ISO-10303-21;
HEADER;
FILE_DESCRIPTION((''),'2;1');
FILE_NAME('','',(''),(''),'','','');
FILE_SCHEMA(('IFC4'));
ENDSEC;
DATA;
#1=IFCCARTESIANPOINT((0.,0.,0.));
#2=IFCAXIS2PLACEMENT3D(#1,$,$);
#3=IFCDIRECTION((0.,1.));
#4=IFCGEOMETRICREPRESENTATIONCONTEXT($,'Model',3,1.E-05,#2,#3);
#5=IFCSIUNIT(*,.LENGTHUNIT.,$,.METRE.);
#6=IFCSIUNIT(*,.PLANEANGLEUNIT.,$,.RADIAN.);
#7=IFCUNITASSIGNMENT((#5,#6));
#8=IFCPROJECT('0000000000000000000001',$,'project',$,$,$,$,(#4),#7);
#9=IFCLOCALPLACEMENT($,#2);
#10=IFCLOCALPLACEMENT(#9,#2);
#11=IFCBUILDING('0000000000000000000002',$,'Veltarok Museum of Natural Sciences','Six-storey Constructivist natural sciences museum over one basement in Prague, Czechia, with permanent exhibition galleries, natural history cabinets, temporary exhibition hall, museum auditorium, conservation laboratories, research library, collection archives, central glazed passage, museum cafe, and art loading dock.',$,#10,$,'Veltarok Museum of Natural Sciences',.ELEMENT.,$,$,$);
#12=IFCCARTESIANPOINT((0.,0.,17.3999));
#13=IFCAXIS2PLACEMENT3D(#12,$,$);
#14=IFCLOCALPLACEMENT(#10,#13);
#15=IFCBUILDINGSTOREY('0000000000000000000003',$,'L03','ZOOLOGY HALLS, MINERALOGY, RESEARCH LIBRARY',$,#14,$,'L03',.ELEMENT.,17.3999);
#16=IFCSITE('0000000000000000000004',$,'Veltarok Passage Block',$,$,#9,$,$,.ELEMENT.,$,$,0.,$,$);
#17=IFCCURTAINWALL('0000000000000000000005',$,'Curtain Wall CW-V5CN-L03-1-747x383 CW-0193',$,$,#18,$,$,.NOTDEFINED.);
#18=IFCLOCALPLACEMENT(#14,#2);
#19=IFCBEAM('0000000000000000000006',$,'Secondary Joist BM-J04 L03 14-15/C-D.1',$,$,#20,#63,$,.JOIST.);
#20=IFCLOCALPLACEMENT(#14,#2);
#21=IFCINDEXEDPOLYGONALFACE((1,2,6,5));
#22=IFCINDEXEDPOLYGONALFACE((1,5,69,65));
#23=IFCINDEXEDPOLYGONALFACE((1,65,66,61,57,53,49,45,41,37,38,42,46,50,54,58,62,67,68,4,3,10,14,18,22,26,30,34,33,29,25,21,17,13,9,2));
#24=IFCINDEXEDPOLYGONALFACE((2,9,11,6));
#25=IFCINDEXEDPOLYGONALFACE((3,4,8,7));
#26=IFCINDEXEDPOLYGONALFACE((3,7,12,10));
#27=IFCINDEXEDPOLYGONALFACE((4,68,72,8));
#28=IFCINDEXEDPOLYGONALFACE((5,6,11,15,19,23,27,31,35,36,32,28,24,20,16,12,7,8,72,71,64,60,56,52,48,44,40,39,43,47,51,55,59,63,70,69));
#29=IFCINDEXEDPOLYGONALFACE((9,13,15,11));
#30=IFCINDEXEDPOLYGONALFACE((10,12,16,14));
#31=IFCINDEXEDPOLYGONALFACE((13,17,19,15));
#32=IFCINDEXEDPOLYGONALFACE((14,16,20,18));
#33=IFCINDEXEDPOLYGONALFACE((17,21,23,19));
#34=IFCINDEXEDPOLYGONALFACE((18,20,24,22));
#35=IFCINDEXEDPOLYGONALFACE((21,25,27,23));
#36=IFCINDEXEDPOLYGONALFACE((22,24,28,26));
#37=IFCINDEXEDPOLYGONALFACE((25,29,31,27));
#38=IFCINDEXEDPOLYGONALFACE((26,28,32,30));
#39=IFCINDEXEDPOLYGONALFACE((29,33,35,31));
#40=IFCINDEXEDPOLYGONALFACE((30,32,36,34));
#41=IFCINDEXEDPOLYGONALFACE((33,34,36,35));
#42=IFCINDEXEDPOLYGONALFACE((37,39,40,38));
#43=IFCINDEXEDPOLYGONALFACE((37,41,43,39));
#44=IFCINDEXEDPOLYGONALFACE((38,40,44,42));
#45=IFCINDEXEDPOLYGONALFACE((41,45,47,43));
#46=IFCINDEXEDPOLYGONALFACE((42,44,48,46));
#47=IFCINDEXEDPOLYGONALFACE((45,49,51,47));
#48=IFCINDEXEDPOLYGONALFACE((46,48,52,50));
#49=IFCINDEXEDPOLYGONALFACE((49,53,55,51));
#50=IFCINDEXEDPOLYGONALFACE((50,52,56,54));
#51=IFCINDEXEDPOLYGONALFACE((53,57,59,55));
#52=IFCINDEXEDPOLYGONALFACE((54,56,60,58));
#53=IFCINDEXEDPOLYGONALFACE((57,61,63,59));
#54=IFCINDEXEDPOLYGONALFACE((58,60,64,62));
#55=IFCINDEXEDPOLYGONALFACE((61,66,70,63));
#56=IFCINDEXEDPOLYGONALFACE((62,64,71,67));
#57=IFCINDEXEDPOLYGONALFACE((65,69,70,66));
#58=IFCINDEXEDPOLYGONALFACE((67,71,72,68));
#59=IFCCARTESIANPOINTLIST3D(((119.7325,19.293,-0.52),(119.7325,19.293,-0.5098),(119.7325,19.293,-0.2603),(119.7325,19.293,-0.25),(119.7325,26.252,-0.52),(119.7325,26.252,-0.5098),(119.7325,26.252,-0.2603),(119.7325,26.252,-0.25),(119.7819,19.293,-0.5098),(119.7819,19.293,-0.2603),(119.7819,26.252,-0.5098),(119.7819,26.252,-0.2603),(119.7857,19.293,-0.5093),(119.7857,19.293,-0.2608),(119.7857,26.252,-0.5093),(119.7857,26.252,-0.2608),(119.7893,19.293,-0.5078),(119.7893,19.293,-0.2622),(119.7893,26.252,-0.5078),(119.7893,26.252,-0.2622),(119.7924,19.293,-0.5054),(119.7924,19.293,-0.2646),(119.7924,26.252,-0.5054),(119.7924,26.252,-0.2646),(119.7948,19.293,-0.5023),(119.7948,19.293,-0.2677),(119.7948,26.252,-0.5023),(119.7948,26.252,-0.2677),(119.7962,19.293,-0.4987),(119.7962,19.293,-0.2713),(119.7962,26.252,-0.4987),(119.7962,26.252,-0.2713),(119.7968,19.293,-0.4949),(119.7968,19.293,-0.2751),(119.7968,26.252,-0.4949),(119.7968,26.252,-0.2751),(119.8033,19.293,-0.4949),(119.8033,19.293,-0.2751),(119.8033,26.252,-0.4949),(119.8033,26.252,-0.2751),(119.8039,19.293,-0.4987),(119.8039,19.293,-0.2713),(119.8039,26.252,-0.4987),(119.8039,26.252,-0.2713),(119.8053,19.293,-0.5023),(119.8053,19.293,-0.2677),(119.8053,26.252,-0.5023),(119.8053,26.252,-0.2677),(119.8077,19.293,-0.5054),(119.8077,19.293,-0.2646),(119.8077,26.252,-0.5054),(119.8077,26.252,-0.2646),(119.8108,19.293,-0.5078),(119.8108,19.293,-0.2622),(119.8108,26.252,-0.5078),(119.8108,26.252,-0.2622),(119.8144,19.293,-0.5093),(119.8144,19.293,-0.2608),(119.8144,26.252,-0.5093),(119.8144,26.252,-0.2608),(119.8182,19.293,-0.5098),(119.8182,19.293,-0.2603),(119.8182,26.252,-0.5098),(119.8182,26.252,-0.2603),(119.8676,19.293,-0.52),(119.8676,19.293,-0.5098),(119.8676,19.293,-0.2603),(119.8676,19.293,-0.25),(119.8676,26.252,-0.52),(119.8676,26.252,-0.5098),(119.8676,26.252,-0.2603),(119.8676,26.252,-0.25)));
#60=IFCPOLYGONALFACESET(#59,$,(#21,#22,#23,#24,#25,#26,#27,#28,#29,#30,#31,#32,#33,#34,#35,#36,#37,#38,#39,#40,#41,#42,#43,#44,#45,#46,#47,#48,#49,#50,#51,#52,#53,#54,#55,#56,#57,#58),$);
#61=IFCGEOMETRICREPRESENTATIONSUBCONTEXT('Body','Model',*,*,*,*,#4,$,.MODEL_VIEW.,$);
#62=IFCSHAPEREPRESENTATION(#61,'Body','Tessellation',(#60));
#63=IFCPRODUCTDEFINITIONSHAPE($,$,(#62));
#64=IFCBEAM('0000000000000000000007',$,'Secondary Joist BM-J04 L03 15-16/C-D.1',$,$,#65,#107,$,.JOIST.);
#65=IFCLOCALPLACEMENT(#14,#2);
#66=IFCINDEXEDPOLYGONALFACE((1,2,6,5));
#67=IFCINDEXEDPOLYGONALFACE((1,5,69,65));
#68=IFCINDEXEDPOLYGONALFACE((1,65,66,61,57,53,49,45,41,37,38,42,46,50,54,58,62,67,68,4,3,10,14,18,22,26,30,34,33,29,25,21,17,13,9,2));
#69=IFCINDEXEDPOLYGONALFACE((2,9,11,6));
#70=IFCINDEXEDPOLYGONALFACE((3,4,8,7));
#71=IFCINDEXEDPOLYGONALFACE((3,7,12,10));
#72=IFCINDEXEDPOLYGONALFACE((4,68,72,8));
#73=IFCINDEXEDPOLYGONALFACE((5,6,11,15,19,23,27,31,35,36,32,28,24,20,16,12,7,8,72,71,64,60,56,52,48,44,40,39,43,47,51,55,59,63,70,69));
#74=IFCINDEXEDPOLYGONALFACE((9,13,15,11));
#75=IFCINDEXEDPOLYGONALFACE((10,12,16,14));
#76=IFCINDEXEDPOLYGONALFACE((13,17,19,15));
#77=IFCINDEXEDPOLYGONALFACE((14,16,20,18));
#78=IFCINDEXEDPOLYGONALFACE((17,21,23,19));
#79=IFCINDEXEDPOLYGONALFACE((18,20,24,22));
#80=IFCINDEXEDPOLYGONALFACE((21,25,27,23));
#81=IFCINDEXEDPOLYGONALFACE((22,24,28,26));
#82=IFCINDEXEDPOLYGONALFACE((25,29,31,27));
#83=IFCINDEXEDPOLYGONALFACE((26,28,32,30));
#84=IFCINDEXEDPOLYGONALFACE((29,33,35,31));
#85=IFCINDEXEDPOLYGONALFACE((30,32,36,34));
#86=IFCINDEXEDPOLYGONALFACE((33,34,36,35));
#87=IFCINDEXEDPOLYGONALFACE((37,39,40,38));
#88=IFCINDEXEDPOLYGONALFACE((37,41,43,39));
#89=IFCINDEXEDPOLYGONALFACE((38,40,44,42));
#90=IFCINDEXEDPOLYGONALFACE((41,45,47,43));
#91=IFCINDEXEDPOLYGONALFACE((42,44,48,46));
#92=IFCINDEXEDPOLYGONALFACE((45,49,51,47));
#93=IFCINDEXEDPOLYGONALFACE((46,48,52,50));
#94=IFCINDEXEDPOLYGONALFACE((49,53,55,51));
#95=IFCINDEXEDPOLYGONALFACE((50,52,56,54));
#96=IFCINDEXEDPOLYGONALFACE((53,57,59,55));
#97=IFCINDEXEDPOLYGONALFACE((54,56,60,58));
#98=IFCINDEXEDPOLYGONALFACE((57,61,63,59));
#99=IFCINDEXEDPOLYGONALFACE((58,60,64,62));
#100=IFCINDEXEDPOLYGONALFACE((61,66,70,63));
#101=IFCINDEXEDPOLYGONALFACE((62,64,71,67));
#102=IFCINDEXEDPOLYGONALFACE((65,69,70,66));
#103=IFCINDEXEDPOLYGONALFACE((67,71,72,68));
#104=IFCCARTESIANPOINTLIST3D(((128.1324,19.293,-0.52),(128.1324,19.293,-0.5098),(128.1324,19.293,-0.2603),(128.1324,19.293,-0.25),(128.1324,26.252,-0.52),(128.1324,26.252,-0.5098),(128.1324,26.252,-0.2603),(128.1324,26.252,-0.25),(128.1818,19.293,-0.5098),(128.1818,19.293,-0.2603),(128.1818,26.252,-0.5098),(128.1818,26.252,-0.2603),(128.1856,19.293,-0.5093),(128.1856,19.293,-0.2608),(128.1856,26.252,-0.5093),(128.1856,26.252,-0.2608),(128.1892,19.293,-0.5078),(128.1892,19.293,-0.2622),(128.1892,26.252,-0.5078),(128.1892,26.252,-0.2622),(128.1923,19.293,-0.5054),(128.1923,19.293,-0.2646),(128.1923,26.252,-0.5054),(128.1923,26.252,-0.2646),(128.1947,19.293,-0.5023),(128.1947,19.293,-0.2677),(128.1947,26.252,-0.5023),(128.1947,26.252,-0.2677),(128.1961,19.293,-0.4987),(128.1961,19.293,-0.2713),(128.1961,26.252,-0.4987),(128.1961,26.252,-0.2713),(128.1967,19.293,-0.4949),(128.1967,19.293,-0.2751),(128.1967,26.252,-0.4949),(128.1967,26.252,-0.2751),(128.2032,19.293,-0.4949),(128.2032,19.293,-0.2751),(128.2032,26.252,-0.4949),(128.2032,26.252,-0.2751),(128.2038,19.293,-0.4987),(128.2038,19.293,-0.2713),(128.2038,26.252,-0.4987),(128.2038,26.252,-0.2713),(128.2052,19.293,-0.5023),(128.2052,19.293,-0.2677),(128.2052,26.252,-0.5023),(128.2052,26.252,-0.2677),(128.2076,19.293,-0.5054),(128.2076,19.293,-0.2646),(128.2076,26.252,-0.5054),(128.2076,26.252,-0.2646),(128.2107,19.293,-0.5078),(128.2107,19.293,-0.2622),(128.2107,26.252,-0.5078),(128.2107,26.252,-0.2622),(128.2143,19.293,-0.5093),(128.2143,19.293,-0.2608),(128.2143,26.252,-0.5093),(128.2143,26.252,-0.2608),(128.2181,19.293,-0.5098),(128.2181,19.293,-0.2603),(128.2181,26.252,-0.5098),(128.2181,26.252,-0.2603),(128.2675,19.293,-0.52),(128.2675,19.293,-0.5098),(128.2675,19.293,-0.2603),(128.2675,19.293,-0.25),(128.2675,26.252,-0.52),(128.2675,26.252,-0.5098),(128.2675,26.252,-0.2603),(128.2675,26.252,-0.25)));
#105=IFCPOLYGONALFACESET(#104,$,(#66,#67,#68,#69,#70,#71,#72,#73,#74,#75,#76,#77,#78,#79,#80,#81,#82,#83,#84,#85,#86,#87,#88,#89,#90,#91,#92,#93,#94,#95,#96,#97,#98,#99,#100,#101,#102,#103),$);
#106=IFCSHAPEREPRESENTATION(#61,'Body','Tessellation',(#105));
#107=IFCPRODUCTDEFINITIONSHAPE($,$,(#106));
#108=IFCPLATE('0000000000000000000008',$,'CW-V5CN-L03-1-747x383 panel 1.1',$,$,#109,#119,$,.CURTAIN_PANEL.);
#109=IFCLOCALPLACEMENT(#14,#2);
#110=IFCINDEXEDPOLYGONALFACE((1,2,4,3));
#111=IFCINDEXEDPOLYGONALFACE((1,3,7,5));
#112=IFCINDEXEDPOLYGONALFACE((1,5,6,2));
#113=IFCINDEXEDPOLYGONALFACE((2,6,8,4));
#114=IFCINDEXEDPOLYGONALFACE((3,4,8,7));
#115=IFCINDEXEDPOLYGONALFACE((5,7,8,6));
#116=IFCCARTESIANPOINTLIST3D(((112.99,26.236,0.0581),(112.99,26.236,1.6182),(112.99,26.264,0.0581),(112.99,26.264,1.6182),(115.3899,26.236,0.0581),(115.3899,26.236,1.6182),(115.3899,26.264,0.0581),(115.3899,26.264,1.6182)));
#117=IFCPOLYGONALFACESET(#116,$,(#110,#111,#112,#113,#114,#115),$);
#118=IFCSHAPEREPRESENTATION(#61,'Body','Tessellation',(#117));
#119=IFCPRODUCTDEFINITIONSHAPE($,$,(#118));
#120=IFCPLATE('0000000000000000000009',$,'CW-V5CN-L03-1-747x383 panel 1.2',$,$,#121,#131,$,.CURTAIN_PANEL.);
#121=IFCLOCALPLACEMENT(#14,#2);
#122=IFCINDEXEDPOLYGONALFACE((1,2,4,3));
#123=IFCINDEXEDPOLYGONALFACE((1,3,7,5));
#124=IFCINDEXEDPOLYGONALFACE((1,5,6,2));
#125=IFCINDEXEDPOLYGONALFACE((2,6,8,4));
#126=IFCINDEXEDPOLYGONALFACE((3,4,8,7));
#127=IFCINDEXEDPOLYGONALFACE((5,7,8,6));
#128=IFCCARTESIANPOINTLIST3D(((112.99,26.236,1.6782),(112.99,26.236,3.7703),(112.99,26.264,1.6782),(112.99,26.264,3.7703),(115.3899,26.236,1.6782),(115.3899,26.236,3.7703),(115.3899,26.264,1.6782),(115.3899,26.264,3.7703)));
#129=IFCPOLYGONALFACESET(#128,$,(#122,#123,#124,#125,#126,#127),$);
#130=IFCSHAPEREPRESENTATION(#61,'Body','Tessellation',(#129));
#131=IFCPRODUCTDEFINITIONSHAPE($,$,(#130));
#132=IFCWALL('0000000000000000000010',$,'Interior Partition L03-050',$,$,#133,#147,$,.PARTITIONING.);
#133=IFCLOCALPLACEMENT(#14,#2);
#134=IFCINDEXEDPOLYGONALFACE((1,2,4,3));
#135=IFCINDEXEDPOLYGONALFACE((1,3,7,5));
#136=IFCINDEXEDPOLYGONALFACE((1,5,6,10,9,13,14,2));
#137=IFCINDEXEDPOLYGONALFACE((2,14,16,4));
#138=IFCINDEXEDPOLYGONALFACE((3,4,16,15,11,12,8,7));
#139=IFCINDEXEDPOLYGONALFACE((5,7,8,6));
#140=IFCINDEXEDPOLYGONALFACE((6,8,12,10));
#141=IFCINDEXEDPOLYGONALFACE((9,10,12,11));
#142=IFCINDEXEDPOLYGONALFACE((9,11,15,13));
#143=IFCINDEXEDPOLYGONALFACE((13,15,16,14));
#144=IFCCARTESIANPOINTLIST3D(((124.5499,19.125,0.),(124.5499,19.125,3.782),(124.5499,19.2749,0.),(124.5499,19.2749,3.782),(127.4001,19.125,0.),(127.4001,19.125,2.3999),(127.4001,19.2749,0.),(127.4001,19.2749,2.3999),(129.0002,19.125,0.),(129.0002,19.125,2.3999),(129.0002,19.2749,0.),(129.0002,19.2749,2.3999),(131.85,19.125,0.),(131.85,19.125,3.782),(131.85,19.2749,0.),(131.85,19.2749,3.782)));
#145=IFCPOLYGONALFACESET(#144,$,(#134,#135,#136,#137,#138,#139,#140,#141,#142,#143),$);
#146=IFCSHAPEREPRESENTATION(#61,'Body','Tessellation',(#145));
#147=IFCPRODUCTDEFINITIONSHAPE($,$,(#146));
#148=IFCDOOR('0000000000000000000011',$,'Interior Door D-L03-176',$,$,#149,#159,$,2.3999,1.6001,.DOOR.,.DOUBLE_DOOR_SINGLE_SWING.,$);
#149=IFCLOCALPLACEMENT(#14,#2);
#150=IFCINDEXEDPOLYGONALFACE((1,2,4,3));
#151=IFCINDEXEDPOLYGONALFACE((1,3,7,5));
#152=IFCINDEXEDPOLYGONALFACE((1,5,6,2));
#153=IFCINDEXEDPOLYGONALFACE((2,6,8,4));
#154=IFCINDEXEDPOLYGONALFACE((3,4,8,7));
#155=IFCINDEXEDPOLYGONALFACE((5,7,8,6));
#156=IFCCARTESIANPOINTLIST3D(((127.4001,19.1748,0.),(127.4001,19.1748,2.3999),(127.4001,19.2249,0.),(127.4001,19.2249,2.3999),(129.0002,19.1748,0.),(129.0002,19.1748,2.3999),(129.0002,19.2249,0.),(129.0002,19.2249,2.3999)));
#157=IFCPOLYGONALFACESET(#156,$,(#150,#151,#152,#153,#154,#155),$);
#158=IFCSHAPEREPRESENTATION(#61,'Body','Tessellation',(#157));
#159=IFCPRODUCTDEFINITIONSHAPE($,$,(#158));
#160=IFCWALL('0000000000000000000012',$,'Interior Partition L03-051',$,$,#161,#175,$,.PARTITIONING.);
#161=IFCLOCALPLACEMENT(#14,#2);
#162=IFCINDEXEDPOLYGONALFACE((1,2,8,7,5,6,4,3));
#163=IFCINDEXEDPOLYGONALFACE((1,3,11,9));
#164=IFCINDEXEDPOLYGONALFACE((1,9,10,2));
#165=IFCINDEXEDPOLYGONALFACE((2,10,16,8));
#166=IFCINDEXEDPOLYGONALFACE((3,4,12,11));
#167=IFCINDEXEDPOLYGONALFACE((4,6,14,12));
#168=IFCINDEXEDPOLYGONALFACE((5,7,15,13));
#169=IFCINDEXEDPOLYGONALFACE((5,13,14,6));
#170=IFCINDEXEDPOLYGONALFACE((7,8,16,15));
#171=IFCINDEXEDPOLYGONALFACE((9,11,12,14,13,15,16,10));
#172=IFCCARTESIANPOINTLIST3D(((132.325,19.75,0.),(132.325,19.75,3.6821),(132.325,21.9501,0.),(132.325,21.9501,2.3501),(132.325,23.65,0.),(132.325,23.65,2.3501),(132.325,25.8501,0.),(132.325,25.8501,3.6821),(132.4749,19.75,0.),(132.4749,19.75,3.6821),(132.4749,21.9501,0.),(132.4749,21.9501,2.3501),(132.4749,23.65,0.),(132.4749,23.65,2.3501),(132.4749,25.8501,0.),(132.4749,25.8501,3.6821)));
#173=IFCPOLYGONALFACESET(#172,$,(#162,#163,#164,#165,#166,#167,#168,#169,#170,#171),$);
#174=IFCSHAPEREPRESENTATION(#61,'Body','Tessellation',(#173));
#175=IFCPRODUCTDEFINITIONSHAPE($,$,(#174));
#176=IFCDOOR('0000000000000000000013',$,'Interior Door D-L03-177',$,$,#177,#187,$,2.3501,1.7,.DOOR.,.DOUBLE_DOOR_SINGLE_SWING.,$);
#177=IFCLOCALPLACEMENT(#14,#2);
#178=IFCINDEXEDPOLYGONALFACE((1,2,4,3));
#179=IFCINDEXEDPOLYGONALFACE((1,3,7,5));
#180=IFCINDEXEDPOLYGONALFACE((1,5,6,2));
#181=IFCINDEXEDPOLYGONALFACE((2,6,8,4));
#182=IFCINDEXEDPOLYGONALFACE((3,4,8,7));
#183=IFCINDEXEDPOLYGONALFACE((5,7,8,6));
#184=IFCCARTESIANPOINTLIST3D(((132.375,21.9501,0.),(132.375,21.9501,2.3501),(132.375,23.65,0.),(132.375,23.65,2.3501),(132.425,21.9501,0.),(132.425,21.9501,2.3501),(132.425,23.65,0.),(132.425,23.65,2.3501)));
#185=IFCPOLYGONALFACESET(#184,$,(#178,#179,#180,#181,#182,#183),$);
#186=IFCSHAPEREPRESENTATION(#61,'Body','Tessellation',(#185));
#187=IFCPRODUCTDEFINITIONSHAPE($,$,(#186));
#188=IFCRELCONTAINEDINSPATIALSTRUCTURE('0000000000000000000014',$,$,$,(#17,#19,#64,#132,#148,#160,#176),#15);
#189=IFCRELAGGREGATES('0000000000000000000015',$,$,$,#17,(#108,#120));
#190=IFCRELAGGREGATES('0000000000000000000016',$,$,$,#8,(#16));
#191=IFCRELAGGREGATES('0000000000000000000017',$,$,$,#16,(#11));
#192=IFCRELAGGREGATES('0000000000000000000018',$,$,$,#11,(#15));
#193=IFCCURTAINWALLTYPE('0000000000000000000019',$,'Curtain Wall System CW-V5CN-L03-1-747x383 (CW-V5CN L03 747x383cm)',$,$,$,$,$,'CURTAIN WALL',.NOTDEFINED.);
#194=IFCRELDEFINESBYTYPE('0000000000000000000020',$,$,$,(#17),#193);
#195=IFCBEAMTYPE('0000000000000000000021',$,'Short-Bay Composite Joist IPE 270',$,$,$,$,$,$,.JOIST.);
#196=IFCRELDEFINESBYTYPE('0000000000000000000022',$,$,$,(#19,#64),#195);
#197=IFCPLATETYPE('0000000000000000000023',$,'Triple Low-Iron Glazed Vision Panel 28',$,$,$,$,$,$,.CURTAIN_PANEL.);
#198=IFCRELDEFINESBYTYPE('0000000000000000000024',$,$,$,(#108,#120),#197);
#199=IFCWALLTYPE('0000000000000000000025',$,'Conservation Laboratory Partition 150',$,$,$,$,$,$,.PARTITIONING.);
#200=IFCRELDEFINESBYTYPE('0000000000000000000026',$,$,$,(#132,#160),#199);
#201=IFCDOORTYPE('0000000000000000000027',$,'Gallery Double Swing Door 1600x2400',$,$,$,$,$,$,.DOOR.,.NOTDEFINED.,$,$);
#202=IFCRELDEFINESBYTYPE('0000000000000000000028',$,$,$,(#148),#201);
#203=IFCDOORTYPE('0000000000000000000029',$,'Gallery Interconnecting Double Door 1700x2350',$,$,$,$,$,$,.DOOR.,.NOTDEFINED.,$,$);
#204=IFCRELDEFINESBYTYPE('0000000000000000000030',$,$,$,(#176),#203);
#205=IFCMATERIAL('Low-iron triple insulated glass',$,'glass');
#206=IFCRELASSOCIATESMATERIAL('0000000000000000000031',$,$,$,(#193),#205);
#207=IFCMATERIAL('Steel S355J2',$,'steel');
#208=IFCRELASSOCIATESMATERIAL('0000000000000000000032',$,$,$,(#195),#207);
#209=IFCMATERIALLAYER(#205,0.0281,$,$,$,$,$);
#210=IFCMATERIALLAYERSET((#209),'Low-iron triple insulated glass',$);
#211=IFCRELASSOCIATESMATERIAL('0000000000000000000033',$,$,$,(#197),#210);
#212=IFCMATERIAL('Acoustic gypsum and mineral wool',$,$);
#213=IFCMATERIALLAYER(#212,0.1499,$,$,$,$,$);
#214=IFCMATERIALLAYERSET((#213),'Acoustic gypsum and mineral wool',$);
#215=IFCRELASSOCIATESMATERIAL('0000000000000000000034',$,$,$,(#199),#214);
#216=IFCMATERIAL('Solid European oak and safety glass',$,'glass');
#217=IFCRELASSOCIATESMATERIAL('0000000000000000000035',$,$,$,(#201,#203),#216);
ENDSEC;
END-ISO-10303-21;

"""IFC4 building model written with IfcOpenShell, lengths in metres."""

from ifc_helpers import new_model, si_unit, direction, frame, frame_2d, origin, origin_2d, place, context, subcontext, project, spatial, rectangle, i_section, extrude, material, layer, layer_set, material_profile, profile_set, type_object, element, fill, aggregate, save


model = new_model("IFC4")

# Units and contexts
model_context = context("Model", 3, precision=1e-05, world=origin(), true_north=direction((0.0, 1.0)))
body_context = subcontext(model_context, "Body", "Model", "MODEL_VIEW")
ifc_project = project(units=[si_unit("LENGTHUNIT", "METRE"), si_unit("PLANEANGLEUNIT", "RADIAN")], contexts=[model_context])

# Site, building, storey
site_placement = place(None, origin())
site = spatial("IfcSite", under=ifc_project, at=site_placement, Name="Veltarok Passage Block", CompositionType="ELEMENT", RefElevation=0.0)
building_placement = place(site_placement, origin())
building = spatial("IfcBuilding", under=site, at=building_placement, Name="Veltarok Museum of Natural Sciences", Description="Six-storey Constructivist natural sciences museum over one basement in Prague, Czechia, with permanent exhibition galleries, natural history cabinets, temporary exhibition hall, museum auditorium, conservation laboratories, research library, collection archives, central glazed passage, museum cafe, and art loading dock.", LongName="Veltarok Museum of Natural Sciences", CompositionType="ELEMENT")
storey_placement = place(building_placement, frame((0.0, 0.0, 17.3999)))
storey = spatial("IfcBuildingStorey", under=building, at=storey_placement, Name="L03", Description="ZOOLOGY HALLS, MINERALOGY, RESEARCH LIBRARY", LongName="L03", CompositionType="ELEMENT", Elevation=17.3999)

# Shared definitions
ifc_material_1 = material(Name="Steel S355J2", Category="steel")

# Curtain wall
ifc_material_2 = material(Name="Low-iron triple insulated glass", Category="glass")
curtain_wall_type = type_object("IfcCurtainWallType", Name="Curtain Wall System CW-V5CN-L03-1-747x383 (CW-V5CN L03 747x383cm)", ElementType="CURTAIN WALL", PredefinedType="NOTDEFINED", material=ifc_material_2)
curtain_wall_placement = place(storey_placement, origin())
curtain_wall = element("IfcCurtainWall", 1, at=curtain_wall_placement, inside=storey, type_object=curtain_wall_type, Name="Curtain Wall CW-V5CN-L03-1-747x383 CW-0193", PredefinedType="NOTDEFINED")

# Beams
ifc_material_profile_1 = material_profile(ifc_material_1, i_section(OverallWidth=0.135, OverallDepth=0.27, WebThickness=0.0066, FlangeThickness=0.0103, FilletRadius=0.0149, at=origin_2d()), Name="IPE 270")
ifc_profile_set_1 = profile_set([ifc_material_profile_1], Name="Steel S355J2")
beam_type_1 = type_object("IfcBeamType", Name="Short-Bay Composite Joist IPE 270", PredefinedType="JOIST", material=ifc_profile_set_1)
for number, where, z_axis, x_axis, name in (
    (2, (119.8, 19.293, -0.385), (0.0, 1.0, 0.0), (-1.0, 0.0, 0.0), "Secondary Joist BM-J04 L03 14-15/C-D.1"),
    (3, (128.2, 19.293, -0.385), (0.0, 1.0, 0.0), (-1.0, 0.0, 0.0), "Secondary Joist BM-J04 L03 15-16/C-D.1"),
):
    element("IfcBeam", number, at=place(storey_placement, frame(where, z_axis=z_axis, x_axis=x_axis)), inside=storey, type_object=beam_type_1, Name=name, PredefinedType="JOIST", context=body_context, shape_type="SweptSolid", body=[
        extrude(i_section(OverallWidth=0.135, OverallDepth=0.27, WebThickness=0.0066, FlangeThickness=0.0103, FilletRadius=0.0149, at=origin_2d()), origin(), (0.0, 0.0, 1.0), 6.959),
    ])

# Plates
ifc_layer_1 = layer(ifc_material_2, 0.0281)
ifc_layer_set_1 = layer_set([ifc_layer_1], Name="Low-iron triple insulated glass")
plate_type = type_object("IfcPlateType", Name="Triple Low-Iron Glazed Vision Panel 28", PredefinedType="CURTAIN_PANEL", material=ifc_layer_set_1)
plate_1_placement = place(storey_placement, frame((114.1899, 26.25, 0.0581), z_axis=(0.0, 0.0, 1.0), x_axis=(-1.0, 0.0, 0.0)))
plate_1 = element("IfcPlate", 4, at=plate_1_placement, type_object=plate_type, Name="CW-V5CN-L03-1-747x383 panel 1.1", PredefinedType="CURTAIN_PANEL", context=body_context, shape_type="SweptSolid", body=[
    extrude(rectangle(XDim=2.3999, YDim=0.0281, at=origin_2d()), origin(), (0.0, 0.0, 1.0), 1.5601),
])
plate_2_placement = place(storey_placement, frame((114.1899, 26.25, 1.6782), z_axis=(0.0, 0.0, 1.0), x_axis=(-1.0, 0.0, 0.0)))
plate_2 = element("IfcPlate", 5, at=plate_2_placement, type_object=plate_type, Name="CW-V5CN-L03-1-747x383 panel 1.2", PredefinedType="CURTAIN_PANEL", context=body_context, shape_type="SweptSolid", body=[
    extrude(rectangle(XDim=2.3999, YDim=0.0281, at=origin_2d()), origin(), (0.0, 0.0, 1.0), 2.092),
])
aggregate(curtain_wall, [plate_1, plate_2])

# Walls, openings, doors
ifc_material_3 = material(Name="Acoustic gypsum and mineral wool")
ifc_layer_2 = layer(ifc_material_3, 0.1499)
ifc_layer_set_2 = layer_set([ifc_layer_2], Name="Acoustic gypsum and mineral wool")
wall_type_1 = type_object("IfcWallType", Name="Conservation Laboratory Partition 150", PredefinedType="PARTITIONING", material=ifc_layer_set_2)
wall_1_placement = place(storey_placement, frame((124.55, 19.2, 0.0), z_axis=(0.0, 0.0, 1.0), x_axis=(1.0, 0.0, 0.0)))
wall_1 = element("IfcWall", 6, at=wall_1_placement, inside=storey, type_object=wall_type_1, Name="Interior Partition L03-050", PredefinedType="PARTITIONING", context=body_context, shape_type="SweptSolid", body=[
    extrude(rectangle(XDim=7.3, YDim=0.1499, at=frame_2d((3.6499, 0.0))), origin(), (0.0, 0.0, 1.0), 3.782),
])
opening_1_placement = place(wall_1_placement, frame((2.8501, 0.0, 0.0)))
opening_1 = element("IfcOpeningElement", 7, at=opening_1_placement, cuts=wall_1, PredefinedType="OPENING", context=body_context, shape_type="SweptSolid", body=[
    extrude(rectangle(XDim=1.6001, YDim=2.3999, at=frame_2d((0.8, 1.2))), frame((0.0, 0.085, 0.0), z_axis=(0.0, -1.0, 0.0), x_axis=(1.0, 0.0, 0.0)), (0.0, 0.0, 1.0), 0.1699),
])
ifc_material_4 = material(Name="Solid European oak and safety glass", Category="glass")
door_type_1 = type_object("IfcDoorType", Name="Gallery Double Swing Door 1600x2400", OperationType="NOTDEFINED", PredefinedType="DOOR", material=ifc_material_4)
door_1_placement = place(opening_1_placement, origin())
door_1 = element("IfcDoor", 8, at=door_1_placement, inside=storey, type_object=door_type_1, Name="Interior Door D-L03-176", OperationType="DOUBLE_DOOR_SINGLE_SWING", OverallHeight=2.3999, OverallWidth=1.6001, PredefinedType="DOOR", context=body_context, shape_type="SweptSolid", body=[
    extrude(rectangle(XDim=1.6001, YDim=2.3999, at=frame_2d((0.8, 1.2))), frame((0.0, 0.0249, 0.0), z_axis=(0.0, -1.0, 0.0), x_axis=(1.0, 0.0, 0.0)), (0.0, 0.0, 1.0), 0.05),
])
fill(opening_1, door_1)
wall_2_placement = place(storey_placement, frame((132.3999, 19.75, 0.0), z_axis=(0.0, 0.0, 1.0), x_axis=(0.0, 1.0, 0.0)))
wall_2 = element("IfcWall", 9, at=wall_2_placement, inside=storey, type_object=wall_type_1, Name="Interior Partition L03-051", PredefinedType="PARTITIONING", context=body_context, shape_type="SweptSolid", body=[
    extrude(rectangle(XDim=6.1001, YDim=0.1499, at=frame_2d((3.05, 0.0))), origin(), (0.0, 0.0, 1.0), 3.6821),
])
opening_2_placement = place(wall_2_placement, frame((2.2, 0.0, 0.0)))
opening_2 = element("IfcOpeningElement", 10, at=opening_2_placement, cuts=wall_2, PredefinedType="OPENING", context=body_context, shape_type="SweptSolid", body=[
    extrude(rectangle(XDim=1.7, YDim=2.3501, at=frame_2d((0.8501, 1.175))), frame((0.0, 0.085, 0.0), z_axis=(0.0, -1.0, 0.0), x_axis=(1.0, 0.0, 0.0)), (0.0, 0.0, 1.0), 0.1699),
])
door_type_2 = type_object("IfcDoorType", Name="Gallery Interconnecting Double Door 1700x2350", OperationType="NOTDEFINED", PredefinedType="DOOR", material=ifc_material_4)
door_2_placement = place(opening_2_placement, origin())
door_2 = element("IfcDoor", 11, at=door_2_placement, inside=storey, type_object=door_type_2, Name="Interior Door D-L03-177", OperationType="DOUBLE_DOOR_SINGLE_SWING", OverallHeight=2.3501, OverallWidth=1.7, PredefinedType="DOOR", context=body_context, shape_type="SweptSolid", body=[
    extrude(rectangle(XDim=1.7, YDim=2.3501, at=frame_2d((0.8501, 1.175))), frame((0.0, 0.0249, 0.0), z_axis=(0.0, -1.0, 0.0), x_axis=(1.0, 0.0, 0.0)), (0.0, 0.0, 1.0), 0.05),
])
fill(opening_2, door_2)

save(model, "model.ifc")
